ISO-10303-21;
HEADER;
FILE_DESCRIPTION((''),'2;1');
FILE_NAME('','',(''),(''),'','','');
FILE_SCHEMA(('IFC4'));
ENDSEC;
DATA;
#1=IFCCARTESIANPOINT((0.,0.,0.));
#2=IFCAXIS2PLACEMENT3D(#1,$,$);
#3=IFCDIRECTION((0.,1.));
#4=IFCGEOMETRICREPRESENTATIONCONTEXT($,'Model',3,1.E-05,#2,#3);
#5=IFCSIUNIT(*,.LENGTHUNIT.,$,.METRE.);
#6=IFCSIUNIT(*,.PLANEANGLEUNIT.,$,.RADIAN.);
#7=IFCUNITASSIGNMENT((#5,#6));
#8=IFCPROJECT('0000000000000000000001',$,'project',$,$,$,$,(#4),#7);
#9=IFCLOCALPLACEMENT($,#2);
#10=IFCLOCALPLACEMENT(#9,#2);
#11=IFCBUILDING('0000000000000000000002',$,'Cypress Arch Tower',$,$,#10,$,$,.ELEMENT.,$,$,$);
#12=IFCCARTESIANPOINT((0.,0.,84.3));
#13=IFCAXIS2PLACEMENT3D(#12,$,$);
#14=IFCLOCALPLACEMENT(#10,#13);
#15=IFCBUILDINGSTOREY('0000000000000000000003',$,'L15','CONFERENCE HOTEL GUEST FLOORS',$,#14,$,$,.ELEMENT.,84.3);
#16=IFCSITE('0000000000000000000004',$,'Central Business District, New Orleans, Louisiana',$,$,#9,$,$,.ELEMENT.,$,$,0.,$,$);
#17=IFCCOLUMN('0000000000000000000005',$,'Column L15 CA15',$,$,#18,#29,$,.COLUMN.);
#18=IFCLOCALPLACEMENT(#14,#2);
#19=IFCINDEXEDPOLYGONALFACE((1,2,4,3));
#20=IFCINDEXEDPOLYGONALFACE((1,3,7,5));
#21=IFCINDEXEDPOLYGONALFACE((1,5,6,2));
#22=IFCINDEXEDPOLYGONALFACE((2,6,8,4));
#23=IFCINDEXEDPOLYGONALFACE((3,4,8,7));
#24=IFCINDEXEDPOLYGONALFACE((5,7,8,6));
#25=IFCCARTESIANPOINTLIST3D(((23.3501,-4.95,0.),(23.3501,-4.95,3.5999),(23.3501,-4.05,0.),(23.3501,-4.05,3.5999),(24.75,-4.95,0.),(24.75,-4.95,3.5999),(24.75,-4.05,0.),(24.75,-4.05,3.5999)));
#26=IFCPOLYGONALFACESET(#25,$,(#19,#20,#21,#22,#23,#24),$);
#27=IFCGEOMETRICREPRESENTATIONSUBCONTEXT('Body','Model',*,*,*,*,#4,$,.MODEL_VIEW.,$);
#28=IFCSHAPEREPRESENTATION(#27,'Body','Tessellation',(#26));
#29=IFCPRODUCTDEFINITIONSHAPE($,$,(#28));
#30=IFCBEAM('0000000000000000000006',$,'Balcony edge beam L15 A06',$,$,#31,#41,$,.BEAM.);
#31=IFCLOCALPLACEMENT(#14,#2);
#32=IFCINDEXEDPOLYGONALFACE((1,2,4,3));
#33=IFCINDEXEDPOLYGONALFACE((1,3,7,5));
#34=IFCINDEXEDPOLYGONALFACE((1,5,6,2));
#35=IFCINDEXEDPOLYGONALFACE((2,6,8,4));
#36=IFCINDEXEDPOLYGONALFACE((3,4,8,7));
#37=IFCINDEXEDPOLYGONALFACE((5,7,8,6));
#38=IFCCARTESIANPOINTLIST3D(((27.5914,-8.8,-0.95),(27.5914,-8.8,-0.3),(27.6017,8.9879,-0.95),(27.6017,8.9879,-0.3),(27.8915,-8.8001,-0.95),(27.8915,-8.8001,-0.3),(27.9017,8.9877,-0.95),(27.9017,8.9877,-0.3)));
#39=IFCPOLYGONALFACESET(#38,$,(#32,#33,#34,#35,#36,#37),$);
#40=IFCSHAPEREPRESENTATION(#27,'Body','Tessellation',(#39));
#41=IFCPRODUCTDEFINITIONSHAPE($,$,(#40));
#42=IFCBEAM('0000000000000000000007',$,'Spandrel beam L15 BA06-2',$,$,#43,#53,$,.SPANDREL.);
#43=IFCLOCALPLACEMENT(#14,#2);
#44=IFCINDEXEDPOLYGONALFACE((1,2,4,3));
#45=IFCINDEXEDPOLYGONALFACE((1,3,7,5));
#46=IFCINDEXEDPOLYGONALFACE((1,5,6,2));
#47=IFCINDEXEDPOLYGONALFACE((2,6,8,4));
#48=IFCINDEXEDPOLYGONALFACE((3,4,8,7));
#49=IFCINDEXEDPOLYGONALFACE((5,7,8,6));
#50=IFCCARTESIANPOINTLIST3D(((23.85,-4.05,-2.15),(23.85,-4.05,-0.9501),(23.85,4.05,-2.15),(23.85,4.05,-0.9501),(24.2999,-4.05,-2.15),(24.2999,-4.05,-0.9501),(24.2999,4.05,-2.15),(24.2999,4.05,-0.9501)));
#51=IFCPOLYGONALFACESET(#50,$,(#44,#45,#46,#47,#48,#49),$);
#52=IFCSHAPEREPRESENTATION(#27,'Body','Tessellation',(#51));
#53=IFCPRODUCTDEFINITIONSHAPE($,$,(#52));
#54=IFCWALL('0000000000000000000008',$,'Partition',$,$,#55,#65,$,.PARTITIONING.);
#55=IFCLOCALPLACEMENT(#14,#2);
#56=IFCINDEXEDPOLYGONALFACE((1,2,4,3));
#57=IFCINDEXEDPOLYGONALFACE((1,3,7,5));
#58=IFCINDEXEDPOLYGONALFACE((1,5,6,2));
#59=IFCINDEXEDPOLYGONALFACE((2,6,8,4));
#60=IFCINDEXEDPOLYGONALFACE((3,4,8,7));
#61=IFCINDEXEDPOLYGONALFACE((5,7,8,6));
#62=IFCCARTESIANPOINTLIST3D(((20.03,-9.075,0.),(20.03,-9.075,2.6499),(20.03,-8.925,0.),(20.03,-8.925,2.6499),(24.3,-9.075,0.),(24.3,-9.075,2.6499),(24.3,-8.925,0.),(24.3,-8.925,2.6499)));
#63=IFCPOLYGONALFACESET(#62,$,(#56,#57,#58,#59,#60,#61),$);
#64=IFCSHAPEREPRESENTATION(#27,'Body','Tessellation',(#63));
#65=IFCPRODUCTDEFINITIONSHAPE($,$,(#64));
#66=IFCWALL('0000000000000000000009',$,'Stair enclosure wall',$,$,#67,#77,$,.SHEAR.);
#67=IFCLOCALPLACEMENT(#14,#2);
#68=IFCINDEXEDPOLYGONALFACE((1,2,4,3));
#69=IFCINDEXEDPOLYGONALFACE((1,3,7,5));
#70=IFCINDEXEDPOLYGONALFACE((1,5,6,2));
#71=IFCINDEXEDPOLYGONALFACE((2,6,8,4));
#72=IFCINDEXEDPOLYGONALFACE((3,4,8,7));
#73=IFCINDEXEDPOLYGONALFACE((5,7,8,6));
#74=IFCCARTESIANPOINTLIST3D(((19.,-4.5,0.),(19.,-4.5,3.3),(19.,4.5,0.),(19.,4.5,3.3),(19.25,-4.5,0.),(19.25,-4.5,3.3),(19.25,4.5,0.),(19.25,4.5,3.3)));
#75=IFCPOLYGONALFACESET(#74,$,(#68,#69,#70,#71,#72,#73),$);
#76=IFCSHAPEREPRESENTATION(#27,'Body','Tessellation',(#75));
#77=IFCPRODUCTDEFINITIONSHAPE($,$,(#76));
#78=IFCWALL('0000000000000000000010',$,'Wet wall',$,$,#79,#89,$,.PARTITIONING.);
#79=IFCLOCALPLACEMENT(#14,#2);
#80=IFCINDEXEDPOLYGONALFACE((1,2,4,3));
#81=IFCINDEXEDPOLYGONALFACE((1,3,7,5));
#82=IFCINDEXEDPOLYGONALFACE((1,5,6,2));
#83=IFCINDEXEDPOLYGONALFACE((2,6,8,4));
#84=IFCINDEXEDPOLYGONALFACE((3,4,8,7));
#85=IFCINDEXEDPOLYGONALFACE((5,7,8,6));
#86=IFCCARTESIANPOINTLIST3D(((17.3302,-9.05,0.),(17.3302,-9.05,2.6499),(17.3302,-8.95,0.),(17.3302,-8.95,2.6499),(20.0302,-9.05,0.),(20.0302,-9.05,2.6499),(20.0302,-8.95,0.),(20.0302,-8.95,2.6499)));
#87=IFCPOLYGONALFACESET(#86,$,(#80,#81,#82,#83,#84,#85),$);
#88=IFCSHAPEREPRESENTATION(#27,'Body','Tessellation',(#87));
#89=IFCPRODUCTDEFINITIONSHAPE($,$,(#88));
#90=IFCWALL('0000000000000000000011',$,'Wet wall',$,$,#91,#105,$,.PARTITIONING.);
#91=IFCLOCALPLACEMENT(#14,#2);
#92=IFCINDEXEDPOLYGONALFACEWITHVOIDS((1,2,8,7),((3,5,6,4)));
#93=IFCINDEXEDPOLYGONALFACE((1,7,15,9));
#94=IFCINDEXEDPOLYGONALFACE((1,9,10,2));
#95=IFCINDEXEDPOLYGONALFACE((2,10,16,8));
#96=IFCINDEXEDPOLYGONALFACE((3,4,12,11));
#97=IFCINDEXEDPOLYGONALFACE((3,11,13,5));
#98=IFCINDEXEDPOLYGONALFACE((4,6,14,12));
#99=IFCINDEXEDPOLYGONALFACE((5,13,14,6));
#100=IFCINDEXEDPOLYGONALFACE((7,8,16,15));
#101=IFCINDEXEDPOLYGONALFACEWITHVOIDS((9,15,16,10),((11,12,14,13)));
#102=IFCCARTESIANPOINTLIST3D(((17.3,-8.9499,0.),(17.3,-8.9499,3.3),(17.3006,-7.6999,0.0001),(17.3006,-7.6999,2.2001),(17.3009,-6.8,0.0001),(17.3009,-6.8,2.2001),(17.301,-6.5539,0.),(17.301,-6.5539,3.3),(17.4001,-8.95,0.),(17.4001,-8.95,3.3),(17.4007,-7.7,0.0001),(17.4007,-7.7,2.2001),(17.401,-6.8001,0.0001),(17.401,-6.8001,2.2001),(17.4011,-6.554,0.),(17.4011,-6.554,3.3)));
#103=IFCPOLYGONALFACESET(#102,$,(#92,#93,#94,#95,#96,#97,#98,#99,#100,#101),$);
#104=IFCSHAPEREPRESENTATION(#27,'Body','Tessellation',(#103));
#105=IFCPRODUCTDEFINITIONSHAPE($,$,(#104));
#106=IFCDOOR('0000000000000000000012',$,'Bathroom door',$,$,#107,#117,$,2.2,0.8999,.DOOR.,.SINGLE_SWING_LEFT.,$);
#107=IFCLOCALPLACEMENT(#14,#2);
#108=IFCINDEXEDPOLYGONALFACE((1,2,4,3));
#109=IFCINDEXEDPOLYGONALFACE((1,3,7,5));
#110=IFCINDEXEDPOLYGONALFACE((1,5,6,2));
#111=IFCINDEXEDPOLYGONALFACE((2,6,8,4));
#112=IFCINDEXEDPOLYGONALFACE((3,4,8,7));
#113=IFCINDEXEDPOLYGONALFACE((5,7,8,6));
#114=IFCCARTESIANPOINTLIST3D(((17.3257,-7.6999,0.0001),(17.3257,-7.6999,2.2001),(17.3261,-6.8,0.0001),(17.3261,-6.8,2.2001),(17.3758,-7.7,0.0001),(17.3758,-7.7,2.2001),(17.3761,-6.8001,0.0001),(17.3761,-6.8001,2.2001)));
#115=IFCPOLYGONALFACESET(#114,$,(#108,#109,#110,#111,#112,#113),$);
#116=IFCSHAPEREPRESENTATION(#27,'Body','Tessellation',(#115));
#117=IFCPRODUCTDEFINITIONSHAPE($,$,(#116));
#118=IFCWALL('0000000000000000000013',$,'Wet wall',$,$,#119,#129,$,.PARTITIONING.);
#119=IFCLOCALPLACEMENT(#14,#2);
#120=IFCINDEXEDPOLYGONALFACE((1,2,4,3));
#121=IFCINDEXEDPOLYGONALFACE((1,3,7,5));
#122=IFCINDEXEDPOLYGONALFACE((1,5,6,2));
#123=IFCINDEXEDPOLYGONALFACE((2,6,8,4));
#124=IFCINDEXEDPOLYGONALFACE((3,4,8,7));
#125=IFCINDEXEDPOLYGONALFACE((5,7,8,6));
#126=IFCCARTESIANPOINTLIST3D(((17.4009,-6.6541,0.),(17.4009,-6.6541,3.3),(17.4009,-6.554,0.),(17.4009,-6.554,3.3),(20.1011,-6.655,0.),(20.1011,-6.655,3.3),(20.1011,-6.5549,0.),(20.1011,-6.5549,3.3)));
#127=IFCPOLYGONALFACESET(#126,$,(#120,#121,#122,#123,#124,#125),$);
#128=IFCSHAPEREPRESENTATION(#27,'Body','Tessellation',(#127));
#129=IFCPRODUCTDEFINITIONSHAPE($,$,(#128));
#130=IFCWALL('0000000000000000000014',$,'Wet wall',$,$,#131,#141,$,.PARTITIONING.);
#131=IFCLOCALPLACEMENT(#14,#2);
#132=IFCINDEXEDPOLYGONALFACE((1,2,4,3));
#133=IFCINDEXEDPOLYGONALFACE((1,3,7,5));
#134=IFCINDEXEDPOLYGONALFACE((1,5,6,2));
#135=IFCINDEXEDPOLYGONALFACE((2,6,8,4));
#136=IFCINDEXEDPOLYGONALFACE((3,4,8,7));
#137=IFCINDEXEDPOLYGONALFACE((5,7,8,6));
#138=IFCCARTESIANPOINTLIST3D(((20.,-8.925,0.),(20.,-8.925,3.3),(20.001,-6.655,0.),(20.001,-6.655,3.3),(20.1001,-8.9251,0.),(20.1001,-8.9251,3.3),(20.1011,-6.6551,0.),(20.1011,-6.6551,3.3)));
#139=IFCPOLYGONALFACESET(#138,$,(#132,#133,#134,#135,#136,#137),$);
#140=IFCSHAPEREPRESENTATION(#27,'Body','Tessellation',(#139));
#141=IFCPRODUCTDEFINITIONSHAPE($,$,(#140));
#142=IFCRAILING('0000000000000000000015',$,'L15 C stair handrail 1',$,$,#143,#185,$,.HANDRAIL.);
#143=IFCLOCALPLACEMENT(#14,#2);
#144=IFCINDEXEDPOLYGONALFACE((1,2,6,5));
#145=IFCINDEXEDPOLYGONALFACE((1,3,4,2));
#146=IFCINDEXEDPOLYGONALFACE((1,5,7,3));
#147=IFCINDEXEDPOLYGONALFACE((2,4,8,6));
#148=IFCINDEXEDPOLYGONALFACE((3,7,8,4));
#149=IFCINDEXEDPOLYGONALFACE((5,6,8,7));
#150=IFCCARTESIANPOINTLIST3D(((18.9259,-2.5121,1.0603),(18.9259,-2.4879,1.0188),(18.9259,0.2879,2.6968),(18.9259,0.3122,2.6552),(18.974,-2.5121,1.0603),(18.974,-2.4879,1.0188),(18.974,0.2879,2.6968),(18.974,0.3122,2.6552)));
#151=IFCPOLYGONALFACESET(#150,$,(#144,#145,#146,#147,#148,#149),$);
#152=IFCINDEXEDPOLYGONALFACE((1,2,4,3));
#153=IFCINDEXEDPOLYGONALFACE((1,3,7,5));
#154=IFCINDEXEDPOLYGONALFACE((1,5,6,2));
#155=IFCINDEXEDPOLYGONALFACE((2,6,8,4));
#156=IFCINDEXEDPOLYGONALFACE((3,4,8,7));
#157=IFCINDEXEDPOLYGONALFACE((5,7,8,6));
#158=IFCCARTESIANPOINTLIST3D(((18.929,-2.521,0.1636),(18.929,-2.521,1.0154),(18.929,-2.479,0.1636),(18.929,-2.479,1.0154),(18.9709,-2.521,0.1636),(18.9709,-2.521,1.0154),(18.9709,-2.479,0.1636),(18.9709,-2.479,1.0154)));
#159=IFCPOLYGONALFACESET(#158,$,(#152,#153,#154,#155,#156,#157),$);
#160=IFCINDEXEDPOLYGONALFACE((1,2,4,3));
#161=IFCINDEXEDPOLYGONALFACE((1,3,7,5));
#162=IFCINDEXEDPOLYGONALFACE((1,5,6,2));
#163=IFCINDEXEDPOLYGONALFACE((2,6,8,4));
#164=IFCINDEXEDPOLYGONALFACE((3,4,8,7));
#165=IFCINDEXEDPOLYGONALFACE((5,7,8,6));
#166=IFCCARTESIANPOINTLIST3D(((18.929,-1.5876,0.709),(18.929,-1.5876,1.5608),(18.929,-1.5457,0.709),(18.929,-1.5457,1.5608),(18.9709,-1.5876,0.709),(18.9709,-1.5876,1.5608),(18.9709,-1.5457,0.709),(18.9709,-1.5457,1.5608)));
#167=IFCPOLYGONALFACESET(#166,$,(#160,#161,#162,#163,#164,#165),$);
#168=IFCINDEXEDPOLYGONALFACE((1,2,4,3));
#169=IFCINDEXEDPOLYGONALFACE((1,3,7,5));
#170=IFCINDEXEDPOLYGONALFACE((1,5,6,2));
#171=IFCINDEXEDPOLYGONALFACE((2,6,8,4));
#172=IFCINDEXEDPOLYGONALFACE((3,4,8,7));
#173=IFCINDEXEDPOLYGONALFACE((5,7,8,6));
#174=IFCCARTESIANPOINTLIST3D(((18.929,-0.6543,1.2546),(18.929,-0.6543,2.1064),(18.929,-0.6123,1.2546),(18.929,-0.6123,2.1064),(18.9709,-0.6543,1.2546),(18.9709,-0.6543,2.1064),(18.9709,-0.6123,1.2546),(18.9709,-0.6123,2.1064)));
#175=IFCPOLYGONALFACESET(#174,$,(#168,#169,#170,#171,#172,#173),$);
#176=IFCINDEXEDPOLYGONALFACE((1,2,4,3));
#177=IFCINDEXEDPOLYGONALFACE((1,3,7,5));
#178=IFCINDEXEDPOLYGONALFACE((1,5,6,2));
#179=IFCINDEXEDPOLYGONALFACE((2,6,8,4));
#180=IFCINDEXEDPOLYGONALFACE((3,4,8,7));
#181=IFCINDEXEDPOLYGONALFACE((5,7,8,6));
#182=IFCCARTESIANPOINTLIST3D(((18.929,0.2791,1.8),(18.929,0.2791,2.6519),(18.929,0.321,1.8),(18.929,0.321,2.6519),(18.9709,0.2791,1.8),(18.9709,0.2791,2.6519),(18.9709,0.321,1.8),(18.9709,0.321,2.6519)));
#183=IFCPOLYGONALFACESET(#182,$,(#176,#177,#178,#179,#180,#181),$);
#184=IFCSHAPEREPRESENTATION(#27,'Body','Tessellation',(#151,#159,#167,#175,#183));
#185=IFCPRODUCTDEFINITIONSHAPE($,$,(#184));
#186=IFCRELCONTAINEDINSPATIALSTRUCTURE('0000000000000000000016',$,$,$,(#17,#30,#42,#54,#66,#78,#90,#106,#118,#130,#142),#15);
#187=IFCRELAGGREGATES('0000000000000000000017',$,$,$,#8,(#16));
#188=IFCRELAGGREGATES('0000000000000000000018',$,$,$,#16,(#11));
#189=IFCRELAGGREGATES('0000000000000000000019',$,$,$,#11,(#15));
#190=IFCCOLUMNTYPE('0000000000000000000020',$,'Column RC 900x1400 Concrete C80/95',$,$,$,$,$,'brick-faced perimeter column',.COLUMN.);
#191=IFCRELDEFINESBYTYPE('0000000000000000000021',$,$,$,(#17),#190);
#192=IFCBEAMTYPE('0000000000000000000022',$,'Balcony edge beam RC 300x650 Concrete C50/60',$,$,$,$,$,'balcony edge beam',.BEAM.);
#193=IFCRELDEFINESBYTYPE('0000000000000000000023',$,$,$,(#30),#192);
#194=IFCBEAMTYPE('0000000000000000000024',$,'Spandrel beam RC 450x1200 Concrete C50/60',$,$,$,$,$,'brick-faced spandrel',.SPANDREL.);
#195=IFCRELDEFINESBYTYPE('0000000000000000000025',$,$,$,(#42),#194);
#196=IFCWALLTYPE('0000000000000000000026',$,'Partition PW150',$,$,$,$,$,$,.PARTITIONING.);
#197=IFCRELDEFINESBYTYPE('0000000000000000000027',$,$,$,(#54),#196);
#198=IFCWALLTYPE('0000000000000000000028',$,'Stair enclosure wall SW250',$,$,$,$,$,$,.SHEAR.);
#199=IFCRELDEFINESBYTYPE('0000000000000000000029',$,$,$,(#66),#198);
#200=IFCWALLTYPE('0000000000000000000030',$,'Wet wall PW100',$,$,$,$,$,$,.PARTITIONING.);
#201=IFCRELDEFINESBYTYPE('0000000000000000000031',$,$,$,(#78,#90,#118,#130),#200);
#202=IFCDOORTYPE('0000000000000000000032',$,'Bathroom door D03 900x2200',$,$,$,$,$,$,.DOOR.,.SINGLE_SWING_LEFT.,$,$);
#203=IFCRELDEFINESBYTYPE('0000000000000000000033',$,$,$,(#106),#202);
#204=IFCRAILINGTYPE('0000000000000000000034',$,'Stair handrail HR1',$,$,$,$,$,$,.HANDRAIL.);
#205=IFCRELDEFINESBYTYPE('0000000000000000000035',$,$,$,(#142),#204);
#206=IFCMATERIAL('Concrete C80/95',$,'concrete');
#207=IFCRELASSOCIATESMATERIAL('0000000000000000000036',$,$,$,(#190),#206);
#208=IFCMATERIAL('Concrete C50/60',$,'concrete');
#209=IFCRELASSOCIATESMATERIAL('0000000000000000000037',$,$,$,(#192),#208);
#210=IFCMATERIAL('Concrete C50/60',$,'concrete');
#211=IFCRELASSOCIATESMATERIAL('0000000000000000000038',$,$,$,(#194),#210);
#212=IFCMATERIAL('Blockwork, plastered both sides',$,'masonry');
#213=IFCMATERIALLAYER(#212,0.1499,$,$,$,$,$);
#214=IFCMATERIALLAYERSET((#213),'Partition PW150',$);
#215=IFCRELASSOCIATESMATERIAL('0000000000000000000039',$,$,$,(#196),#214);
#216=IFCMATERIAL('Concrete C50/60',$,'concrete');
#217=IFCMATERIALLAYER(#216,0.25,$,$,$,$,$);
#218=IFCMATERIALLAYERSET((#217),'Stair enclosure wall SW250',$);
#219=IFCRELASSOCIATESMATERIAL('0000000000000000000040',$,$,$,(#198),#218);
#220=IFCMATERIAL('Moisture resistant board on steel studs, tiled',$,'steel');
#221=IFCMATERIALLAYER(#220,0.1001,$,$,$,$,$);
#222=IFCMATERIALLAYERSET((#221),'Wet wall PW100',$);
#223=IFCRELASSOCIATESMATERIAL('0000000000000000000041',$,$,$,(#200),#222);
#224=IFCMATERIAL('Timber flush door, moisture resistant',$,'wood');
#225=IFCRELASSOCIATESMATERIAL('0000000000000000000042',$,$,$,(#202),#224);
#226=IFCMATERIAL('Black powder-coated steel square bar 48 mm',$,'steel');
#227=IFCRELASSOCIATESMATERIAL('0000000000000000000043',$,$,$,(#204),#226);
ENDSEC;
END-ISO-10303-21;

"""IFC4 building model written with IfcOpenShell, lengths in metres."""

from ifc_helpers import new_model, si_unit, direction, frame, frame_2d, origin, origin_2d, place, context, subcontext, project, spatial, rectangle, extrude, material, layer, layer_set, material_profile, profile_set, type_object, element, fill, save


model = new_model("IFC4")

# Units and contexts
model_context = context("Model", 3, precision=1e-05, world=origin(), true_north=direction((0.0, 1.0)))
body_context = subcontext(model_context, "Body", "Model", "MODEL_VIEW")
ifc_project = project(units=[si_unit("LENGTHUNIT", "METRE"), si_unit("PLANEANGLEUNIT", "RADIAN")], contexts=[model_context])

# Site, building, storey
site_placement = place(None, origin())
site = spatial("IfcSite", under=ifc_project, at=site_placement, Name="Central Business District, New Orleans, Louisiana", CompositionType="ELEMENT", RefElevation=0.0)
building_placement = place(site_placement, origin())
building = spatial("IfcBuilding", under=site, at=building_placement, Name="Cypress Arch Tower", CompositionType="ELEMENT")
storey_placement = place(building_placement, frame((0.0, 0.0, 84.3)))
storey = spatial("IfcBuildingStorey", under=building, at=storey_placement, Name="L15", Description="CONFERENCE HOTEL GUEST FLOORS", CompositionType="ELEMENT", Elevation=84.3)

# Column
ifc_material_1 = material(Name="Concrete C80/95", Category="concrete")
ifc_material_profile_1 = material_profile(ifc_material_1, rectangle(XDim=0.8999, YDim=1.3999, at=origin_2d()), Name="RC 900x1400")
ifc_profile_set_1 = profile_set([ifc_material_profile_1], Name="Concrete C80/95")
column_type = type_object("IfcColumnType", Name="Column RC 900x1400 Concrete C80/95", ElementType="brick-faced perimeter column", PredefinedType="COLUMN", material=ifc_profile_set_1)
column_placement = place(storey_placement, frame((24.05, -4.5, 0.0), z_axis=(0.0, 0.0, 1.0), x_axis=(0.0, 1.0, 0.0)))
element("IfcColumn", 1, at=column_placement, inside=storey, type_object=column_type, Name="Column L15 CA15", PredefinedType="COLUMN", context=body_context, shape_type="SweptSolid", body=[
    extrude(rectangle(XDim=0.8999, YDim=1.3999, at=origin_2d()), origin(), (0.0, 0.0, 1.0), 3.5999),
])

# Beams
ifc_material_2 = material(Name="Concrete C50/60", Category="concrete")
ifc_material_profile_2 = material_profile(ifc_material_2, rectangle(XDim=0.3, YDim=0.6499, at=origin_2d()), Name="RC 300x650")
ifc_profile_set_2 = profile_set([ifc_material_profile_2], Name="Concrete C50/60")
beam_type_1 = type_object("IfcBeamType", Name="Balcony edge beam RC 300x650 Concrete C50/60", ElementType="balcony edge beam", PredefinedType="BEAM", material=ifc_profile_set_2)
beam_1_placement = place(storey_placement, frame((27.7415, -8.8, -0.625), z_axis=(0.000576, 1.0, 0.0), x_axis=(-1.0, 0.000576, 0.0)))
element("IfcBeam", 2, at=beam_1_placement, inside=storey, type_object=beam_type_1, Name="Balcony edge beam L15 A06", PredefinedType="BEAM", context=body_context, shape_type="SweptSolid", body=[
    extrude(rectangle(XDim=0.3, YDim=0.6499, at=origin_2d()), origin(), (0.0, 0.0, 1.0), 17.7878),
])
ifc_material_3 = material(Name="Concrete C50/60", Category="concrete")
ifc_material_profile_3 = material_profile(ifc_material_3, rectangle(XDim=0.45, YDim=1.2, at=origin_2d()), Name="RC 450x1200")
ifc_profile_set_3 = profile_set([ifc_material_profile_3], Name="Concrete C50/60")
beam_type_2 = type_object("IfcBeamType", Name="Spandrel beam RC 450x1200 Concrete C50/60", ElementType="brick-faced spandrel", PredefinedType="SPANDREL", material=ifc_profile_set_3)
beam_2_placement = place(storey_placement, frame((24.075, -4.05, -1.55), z_axis=(0.0, 1.0, 0.0), x_axis=(-1.0, 0.0, 0.0)))
element("IfcBeam", 3, at=beam_2_placement, inside=storey, type_object=beam_type_2, Name="Spandrel beam L15 BA06-2", PredefinedType="SPANDREL", context=body_context, shape_type="SweptSolid", body=[
    extrude(rectangle(XDim=0.45, YDim=1.2, at=origin_2d()), origin(), (0.0, 0.0, 1.0), 8.1001),
])

# Walls
ifc_material_4 = material(Name="Blockwork, plastered both sides", Category="masonry")
ifc_layer_1 = layer(ifc_material_4, 0.1499)
ifc_layer_set_1 = layer_set([ifc_layer_1], Name="Partition PW150")
wall_type_1 = type_object("IfcWallType", Name="Partition PW150", PredefinedType="PARTITIONING", material=ifc_layer_set_1)
wall_1_placement = place(storey_placement, frame((20.03, -9.0, 0.0), z_axis=(0.0, 0.0, 1.0), x_axis=(1.0, 0.0, 0.0)))
element("IfcWall", 4, at=wall_1_placement, inside=storey, type_object=wall_type_1, Name="Partition", PredefinedType="PARTITIONING", context=body_context, shape_type="SweptSolid", body=[
    extrude(rectangle(XDim=4.27, YDim=0.1499, at=frame_2d((2.135, 0.0))), origin(), (0.0, 0.0, 1.0), 2.6499),
])
ifc_material_5 = material(Name="Concrete C50/60", Category="concrete")
ifc_layer_2 = layer(ifc_material_5, 0.25)
ifc_layer_set_2 = layer_set([ifc_layer_2], Name="Stair enclosure wall SW250")
wall_type_2 = type_object("IfcWallType", Name="Stair enclosure wall SW250", PredefinedType="SHEAR", material=ifc_layer_set_2)
wall_2_placement = place(storey_placement, frame((19.125, -4.5, 0.0), z_axis=(0.0, 0.0, 1.0), x_axis=(0.0, 1.0, 0.0)))
element("IfcWall", 5, at=wall_2_placement, inside=storey, type_object=wall_type_2, Name="Stair enclosure wall", PredefinedType="SHEAR", context=body_context, shape_type="SweptSolid", body=[
    extrude(rectangle(XDim=9.0, YDim=0.25, at=frame_2d((4.5, 0.0))), origin(), (0.0, 0.0, 1.0), 3.3),
])
ifc_material_6 = material(Name="Moisture resistant board on steel studs, tiled", Category="steel")
ifc_layer_3 = layer(ifc_material_6, 0.1001)
ifc_layer_set_3 = layer_set([ifc_layer_3], Name="Wet wall PW100")
wall_type_3 = type_object("IfcWallType", Name="Wet wall PW100", PredefinedType="PARTITIONING", material=ifc_layer_set_3)
wall_3_placement = place(storey_placement, frame((17.3301, -9.0, 0.0), z_axis=(0.0, 0.0, 1.0), x_axis=(1.0, 0.0, 0.0)))
element("IfcWall", 6, at=wall_3_placement, inside=storey, type_object=wall_type_3, Name="Wet wall", PredefinedType="PARTITIONING", context=body_context, shape_type="SweptSolid", body=[
    extrude(rectangle(XDim=2.7, YDim=0.1001, at=frame_2d((1.3501, 0.0))), origin(), (0.0, 0.0, 1.0), 2.6499),
])

# Wall, opening, door
wall_4_placement = place(storey_placement, frame((17.3501, -8.95, 0.0), z_axis=(0.0, 0.0, 1.0), x_axis=(0.000408, 1.0, 0.0)))
wall_4 = element("IfcWall", 7, at=wall_4_placement, inside=storey, type_object=wall_type_3, Name="Wet wall", PredefinedType="PARTITIONING", context=body_context, shape_type="SweptSolid", body=[
    extrude(rectangle(XDim=2.396, YDim=0.1001, at=frame_2d((1.198, 0.0))), origin(), (0.0, 0.0, 1.0), 3.3),
])
opening_1_placement = place(wall_4_placement, frame((1.25, 0.0, 0.0)))
opening_1 = element("IfcOpeningElement", 8, at=opening_1_placement, cuts=wall_4, PredefinedType="OPENING", context=body_context, shape_type="SweptSolid", body=[
    extrude(rectangle(XDim=0.8999, YDim=2.2, at=frame_2d((0.45, 1.1001))), frame((0.0, 0.0601, 0.0), z_axis=(0.0, -1.0, 0.0), x_axis=(1.0, 0.0, 0.0)), (0.0, 0.0, 1.0), 0.1201),
])
ifc_material_7 = material(Name="Timber flush door, moisture resistant", Category="wood")
door_type_1 = type_object("IfcDoorType", Name="Bathroom door D03 900x2200", OperationType="SINGLE_SWING_LEFT", PredefinedType="DOOR", material=ifc_material_7)
door_1_placement = place(opening_1_placement, origin())
door_1 = element("IfcDoor", 9, at=door_1_placement, inside=storey, type_object=door_type_1, Name="Bathroom door", OperationType="SINGLE_SWING_LEFT", OverallHeight=2.2, OverallWidth=0.8999, PredefinedType="DOOR", context=body_context, shape_type="SweptSolid", body=[
    extrude(rectangle(XDim=0.8999, YDim=2.2, at=frame_2d((0.45, 1.1001))), frame((0.0, 0.0249, 0.0), z_axis=(0.0, -1.0, 0.0), x_axis=(1.0, 0.0, 0.0)), (0.0, 0.0, 1.0), 0.05),
])
fill(opening_1, door_1)

# Walls
wall_5_placement = place(storey_placement, frame((17.4009, -6.604, 0.0), z_axis=(0.0, 0.0, 1.0), x_axis=(1.0, -0.000362, 0.0)))
element("IfcWall", 10, at=wall_5_placement, inside=storey, type_object=wall_type_3, Name="Wet wall", PredefinedType="PARTITIONING", context=body_context, shape_type="SweptSolid", body=[
    extrude(rectangle(XDim=2.7002, YDim=0.1001, at=frame_2d((1.3501, 0.0))), origin(), (0.0, 0.0, 1.0), 3.3),
])
wall_6_placement = place(storey_placement, frame((20.05, -8.925, 0.0), z_axis=(0.0, 0.0, 1.0), x_axis=(0.00043, 1.0, 0.0)))
element("IfcWall", 11, at=wall_6_placement, inside=storey, type_object=wall_type_3, Name="Wet wall", PredefinedType="PARTITIONING", context=body_context, shape_type="SweptSolid", body=[
    extrude(rectangle(XDim=2.27, YDim=0.1001, at=frame_2d((1.135, 0.0))), origin(), (0.0, 0.0, 1.0), 3.3),
])

# Railing
ifc_material_8 = material(Name="Black powder-coated steel square bar 48 mm", Category="steel")
railing_type_1 = type_object("IfcRailingType", Name="Stair handrail HR1", PredefinedType="HANDRAIL", material=ifc_material_8)
railing_1_placement = place(storey_placement, frame((18.95, -2.5, 0.1636)))
element("IfcRailing", 12, at=railing_1_placement, inside=storey, type_object=railing_type_1, Name="L15 C stair handrail 1", PredefinedType="HANDRAIL", context=body_context, shape_type="SweptSolid", body=[
    extrude(rectangle(XDim=0.0481, YDim=0.0481, at=origin_2d()), frame((0.0, 0.0, 0.876), z_axis=(0.0, 0.863361, 0.504587), x_axis=(-1.0, 0.0, 0.0)), (0.0, 0.0, 1.0), 3.2432),
    extrude(rectangle(XDim=0.042, YDim=0.042, at=origin_2d()), origin(), (0.0, 0.0, 1.0), 0.8518),
    extrude(rectangle(XDim=0.042, YDim=0.042, at=origin_2d()), frame((0.0, 0.9333, 0.5454)), (0.0, 0.0, 1.0), 0.8518),
    extrude(rectangle(XDim=0.042, YDim=0.042, at=origin_2d()), frame((0.0, 1.8667, 1.0911)), (0.0, 0.0, 1.0), 0.8518),
    extrude(rectangle(XDim=0.042, YDim=0.042, at=origin_2d()), frame((0.0, 2.8, 1.6365)), (0.0, 0.0, 1.0), 0.8518),
])

save(model, "model.ifc")
